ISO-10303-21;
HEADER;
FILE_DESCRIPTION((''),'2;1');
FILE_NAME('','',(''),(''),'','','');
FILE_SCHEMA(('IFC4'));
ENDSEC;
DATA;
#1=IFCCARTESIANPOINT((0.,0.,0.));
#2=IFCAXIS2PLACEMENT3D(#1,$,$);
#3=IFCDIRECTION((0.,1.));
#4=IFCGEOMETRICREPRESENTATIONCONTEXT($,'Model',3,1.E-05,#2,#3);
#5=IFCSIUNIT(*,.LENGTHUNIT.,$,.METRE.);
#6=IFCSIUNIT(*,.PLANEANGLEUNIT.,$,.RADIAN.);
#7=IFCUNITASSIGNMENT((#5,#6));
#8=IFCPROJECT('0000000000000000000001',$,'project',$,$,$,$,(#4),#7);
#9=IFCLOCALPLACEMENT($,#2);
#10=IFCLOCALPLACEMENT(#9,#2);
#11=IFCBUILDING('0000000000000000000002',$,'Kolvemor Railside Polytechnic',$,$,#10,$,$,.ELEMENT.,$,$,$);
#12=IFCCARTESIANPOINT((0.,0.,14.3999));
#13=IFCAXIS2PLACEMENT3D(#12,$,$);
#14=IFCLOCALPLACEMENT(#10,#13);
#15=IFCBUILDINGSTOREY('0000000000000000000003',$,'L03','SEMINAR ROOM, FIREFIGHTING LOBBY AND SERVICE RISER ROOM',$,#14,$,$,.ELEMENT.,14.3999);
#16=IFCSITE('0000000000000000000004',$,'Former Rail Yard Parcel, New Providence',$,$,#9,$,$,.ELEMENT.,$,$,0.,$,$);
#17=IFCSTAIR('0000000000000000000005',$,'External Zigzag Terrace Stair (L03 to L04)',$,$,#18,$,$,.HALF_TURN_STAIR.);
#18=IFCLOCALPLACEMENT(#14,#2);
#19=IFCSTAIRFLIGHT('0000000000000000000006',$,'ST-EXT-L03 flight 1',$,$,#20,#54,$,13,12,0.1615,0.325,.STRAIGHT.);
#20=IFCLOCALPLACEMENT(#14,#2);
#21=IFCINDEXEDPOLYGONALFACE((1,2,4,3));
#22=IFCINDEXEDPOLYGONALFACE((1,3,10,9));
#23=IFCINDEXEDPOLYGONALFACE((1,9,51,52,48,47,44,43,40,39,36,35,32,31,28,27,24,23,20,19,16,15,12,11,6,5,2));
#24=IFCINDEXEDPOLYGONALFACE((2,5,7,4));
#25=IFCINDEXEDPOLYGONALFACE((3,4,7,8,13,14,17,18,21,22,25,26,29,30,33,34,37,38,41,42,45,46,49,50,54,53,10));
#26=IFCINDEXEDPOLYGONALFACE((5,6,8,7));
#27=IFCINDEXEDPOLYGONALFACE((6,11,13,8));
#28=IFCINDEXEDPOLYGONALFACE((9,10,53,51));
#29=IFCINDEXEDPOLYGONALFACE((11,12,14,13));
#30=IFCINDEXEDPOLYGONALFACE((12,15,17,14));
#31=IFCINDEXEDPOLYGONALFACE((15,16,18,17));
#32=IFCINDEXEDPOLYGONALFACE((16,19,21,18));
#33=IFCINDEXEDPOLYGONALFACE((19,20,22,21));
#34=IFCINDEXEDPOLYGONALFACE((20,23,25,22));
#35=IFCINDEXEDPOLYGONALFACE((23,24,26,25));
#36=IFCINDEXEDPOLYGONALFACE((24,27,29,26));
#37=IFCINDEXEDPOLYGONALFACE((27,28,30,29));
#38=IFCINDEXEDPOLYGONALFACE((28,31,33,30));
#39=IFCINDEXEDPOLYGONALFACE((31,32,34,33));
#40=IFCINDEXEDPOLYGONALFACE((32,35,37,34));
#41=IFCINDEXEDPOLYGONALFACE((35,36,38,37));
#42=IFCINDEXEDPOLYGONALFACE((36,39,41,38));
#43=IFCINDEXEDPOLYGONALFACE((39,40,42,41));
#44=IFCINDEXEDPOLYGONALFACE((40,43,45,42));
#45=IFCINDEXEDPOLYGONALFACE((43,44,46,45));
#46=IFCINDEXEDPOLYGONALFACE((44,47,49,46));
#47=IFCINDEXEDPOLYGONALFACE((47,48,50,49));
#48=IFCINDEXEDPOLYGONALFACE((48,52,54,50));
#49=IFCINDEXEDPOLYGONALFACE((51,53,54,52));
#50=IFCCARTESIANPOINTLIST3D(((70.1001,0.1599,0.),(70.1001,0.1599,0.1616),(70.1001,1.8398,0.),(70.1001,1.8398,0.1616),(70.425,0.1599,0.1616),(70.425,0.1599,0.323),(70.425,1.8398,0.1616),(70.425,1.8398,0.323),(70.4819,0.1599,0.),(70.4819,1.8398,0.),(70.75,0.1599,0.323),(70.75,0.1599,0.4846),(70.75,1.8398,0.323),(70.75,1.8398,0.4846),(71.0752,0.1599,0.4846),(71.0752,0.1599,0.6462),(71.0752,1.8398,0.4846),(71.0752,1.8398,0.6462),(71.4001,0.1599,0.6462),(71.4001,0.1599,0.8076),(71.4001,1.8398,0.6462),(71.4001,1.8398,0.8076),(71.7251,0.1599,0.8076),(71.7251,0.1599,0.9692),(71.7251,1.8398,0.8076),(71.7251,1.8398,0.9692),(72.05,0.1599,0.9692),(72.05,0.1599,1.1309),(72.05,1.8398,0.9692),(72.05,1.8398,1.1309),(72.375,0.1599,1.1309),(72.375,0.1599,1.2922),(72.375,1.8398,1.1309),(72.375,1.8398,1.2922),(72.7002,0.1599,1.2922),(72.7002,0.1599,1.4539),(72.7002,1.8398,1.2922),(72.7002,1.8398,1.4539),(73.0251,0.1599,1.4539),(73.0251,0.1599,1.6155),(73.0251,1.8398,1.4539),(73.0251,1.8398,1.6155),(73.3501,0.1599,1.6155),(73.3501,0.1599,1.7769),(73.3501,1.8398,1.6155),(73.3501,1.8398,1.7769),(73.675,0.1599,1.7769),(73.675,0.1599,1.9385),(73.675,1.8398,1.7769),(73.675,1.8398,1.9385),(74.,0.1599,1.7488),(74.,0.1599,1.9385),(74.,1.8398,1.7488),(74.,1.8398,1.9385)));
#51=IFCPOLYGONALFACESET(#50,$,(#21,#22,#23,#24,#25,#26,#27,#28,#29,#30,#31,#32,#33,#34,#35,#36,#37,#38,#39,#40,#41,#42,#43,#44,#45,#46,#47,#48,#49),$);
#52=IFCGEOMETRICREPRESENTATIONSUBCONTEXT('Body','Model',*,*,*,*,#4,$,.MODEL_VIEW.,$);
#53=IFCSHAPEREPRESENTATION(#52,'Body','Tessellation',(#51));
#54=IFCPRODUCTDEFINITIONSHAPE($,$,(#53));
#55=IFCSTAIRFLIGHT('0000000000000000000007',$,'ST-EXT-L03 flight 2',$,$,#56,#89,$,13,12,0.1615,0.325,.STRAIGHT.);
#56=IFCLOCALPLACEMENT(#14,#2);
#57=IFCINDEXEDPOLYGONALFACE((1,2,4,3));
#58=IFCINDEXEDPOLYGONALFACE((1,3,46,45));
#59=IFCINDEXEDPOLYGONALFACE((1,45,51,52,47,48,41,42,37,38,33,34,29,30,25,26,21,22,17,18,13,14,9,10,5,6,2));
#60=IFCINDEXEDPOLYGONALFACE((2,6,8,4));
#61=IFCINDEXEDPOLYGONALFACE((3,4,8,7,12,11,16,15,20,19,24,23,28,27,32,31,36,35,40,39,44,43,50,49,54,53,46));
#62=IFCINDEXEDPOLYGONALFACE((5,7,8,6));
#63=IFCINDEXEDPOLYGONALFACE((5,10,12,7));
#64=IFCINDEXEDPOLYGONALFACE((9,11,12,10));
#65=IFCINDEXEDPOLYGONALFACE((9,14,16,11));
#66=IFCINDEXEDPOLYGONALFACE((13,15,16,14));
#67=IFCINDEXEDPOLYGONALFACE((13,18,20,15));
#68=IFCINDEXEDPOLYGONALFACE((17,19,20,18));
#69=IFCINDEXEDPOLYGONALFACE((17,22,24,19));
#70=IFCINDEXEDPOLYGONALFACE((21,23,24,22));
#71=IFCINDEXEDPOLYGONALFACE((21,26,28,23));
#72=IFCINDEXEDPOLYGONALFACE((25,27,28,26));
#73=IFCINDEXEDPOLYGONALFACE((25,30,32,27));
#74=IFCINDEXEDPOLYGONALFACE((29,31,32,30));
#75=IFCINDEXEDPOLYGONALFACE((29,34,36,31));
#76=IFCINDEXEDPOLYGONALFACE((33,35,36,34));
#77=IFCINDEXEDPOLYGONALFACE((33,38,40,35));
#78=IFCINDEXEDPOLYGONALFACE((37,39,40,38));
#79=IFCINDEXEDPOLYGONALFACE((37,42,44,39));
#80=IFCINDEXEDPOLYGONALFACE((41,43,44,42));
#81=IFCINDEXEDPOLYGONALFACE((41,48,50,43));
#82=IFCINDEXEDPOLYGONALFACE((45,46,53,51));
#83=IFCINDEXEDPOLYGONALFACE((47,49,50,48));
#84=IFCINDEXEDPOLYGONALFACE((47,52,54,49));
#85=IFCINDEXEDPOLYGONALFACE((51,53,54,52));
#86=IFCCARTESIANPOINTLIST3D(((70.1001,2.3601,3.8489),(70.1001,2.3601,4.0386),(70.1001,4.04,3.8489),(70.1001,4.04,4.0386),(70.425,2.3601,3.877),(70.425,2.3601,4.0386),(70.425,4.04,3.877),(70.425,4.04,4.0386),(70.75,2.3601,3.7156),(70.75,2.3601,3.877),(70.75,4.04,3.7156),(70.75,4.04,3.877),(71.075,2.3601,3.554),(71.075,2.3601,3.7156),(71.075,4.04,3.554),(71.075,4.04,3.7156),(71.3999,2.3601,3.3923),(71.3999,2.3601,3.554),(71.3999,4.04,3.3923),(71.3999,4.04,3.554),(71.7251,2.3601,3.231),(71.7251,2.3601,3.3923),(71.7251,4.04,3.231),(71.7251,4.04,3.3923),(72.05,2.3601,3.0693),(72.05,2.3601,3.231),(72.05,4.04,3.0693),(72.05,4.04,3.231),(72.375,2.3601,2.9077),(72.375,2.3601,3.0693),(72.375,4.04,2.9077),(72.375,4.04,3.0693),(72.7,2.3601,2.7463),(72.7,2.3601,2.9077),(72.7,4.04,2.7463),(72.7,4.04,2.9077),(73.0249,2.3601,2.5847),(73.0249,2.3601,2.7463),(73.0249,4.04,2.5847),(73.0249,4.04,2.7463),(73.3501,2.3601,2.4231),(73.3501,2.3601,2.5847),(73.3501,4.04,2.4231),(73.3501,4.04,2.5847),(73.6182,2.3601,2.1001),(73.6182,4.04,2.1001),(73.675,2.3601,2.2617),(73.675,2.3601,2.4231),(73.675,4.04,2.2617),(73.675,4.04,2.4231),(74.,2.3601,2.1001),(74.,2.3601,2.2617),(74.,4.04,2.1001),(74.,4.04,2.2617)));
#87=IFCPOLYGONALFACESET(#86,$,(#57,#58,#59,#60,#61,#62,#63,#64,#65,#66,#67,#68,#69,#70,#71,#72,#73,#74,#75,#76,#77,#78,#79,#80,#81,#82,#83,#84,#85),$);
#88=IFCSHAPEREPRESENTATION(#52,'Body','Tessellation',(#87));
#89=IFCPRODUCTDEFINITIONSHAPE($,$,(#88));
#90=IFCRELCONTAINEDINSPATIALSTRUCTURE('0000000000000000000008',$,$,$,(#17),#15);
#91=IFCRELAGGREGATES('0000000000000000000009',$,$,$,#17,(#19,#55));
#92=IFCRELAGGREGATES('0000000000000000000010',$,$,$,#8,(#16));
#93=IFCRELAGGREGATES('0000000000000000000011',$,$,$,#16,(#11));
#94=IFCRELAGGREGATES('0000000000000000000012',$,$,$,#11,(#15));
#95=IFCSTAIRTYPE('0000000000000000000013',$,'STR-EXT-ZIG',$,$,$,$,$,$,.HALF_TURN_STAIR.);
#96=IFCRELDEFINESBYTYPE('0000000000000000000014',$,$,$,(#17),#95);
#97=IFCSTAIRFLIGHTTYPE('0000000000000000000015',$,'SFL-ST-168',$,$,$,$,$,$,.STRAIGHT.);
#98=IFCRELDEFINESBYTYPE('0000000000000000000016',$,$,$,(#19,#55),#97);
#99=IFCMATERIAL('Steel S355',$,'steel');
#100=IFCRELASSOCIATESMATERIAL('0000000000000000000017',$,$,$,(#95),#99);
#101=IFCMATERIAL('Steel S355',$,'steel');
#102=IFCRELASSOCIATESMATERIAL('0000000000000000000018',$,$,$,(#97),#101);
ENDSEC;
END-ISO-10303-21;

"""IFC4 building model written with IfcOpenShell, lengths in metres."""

from ifc_helpers import new_model, si_unit, direction, frame, origin, place, context, subcontext, project, spatial, polyline, outline, extrude, material, type_object, element, aggregate, save


model = new_model("IFC4")

# Units and contexts
model_context = context("Model", 3, precision=1e-05, world=origin(), true_north=direction((0.0, 1.0)))
body_context = subcontext(model_context, "Body", "Model", "MODEL_VIEW")
ifc_project = project(units=[si_unit("LENGTHUNIT", "METRE"), si_unit("PLANEANGLEUNIT", "RADIAN")], contexts=[model_context])

# Site, building, storey
site_placement = place(None, origin())
site = spatial("IfcSite", under=ifc_project, at=site_placement, Name="Former Rail Yard Parcel, New Providence", CompositionType="ELEMENT", RefElevation=0.0)
building_placement = place(site_placement, origin())
building = spatial("IfcBuilding", under=site, at=building_placement, Name="Kolvemor Railside Polytechnic", CompositionType="ELEMENT")
storey_placement = place(building_placement, frame((0.0, 0.0, 14.3999)))
storey = spatial("IfcBuildingStorey", under=building, at=storey_placement, Name="L03", Description="SEMINAR ROOM, FIREFIGHTING LOBBY AND SERVICE RISER ROOM", CompositionType="ELEMENT", Elevation=14.3999)

# Stair, stair flights
ifc_material_1 = material(Name="Steel S355", Category="steel")
stair_type = type_object("IfcStairType", Name="STR-EXT-ZIG", PredefinedType="HALF_TURN_STAIR", material=ifc_material_1)
stair_placement = place(storey_placement, origin())
stair = element("IfcStair", 1, at=stair_placement, inside=storey, type_object=stair_type, Name="External Zigzag Terrace Stair (L03 to L04)", PredefinedType="HALF_TURN_STAIR")
ifc_material_2 = material(Name="Steel S355", Category="steel")
stair_flight_type = type_object("IfcStairFlightType", Name="SFL-ST-168", PredefinedType="STRAIGHT", material=ifc_material_2)
stair_flight_1_placement = place(storey_placement, frame((70.1001, 1.0, 0.0), z_axis=(0.0, 0.0, 1.0), x_axis=(1.0, 0.0, 0.0)))
stair_flight_1 = element("IfcStairFlight", 2, at=stair_flight_1_placement, type_object=stair_flight_type, Name="ST-EXT-L03 flight 1", NumberOfRisers=13, NumberOfTreads=12, PredefinedType="STRAIGHT", RiserHeight=0.1615, TreadLength=0.325, context=body_context, shape_type="SweptSolid", body=[
    extrude(outline(polyline([(0.0, 0.0), (0.0, 0.1616), (0.325, 0.1616), (0.325, 0.323), (0.6499, 0.323), (0.6499, 0.4846), (0.9751, 0.4846), (0.9751, 0.6462), (1.3, 0.6462), (1.3, 0.8076), (1.625, 0.8076), (1.625, 0.9692), (1.95, 0.9692), (1.95, 1.1309), (2.2749, 1.1309), (2.2749, 1.2922), (2.6001, 1.2922), (2.6001, 1.4539), (2.925, 1.4539), (2.925, 1.6155), (3.25, 1.6155), (3.25, 1.7769), (3.575, 1.7769), (3.575, 1.9385), (3.8999, 1.9385), (3.8999, 2.1001), (3.8999, 1.7488), (0.3818, 0.0), (0.0, 0.0)])), frame((0.0, 0.8398, 0.0), z_axis=(0.0, -1.0, 0.0), x_axis=(1.0, 0.0, 0.0)), (0.0, 0.0, 1.0), 1.6799),
])
stair_flight_2_placement = place(storey_placement, frame((74.0, 3.2, 2.1001), z_axis=(0.0, 0.0, 1.0), x_axis=(-1.0, 0.0, 0.0)))
stair_flight_2 = element("IfcStairFlight", 3, at=stair_flight_2_placement, type_object=stair_flight_type, Name="ST-EXT-L03 flight 2", NumberOfRisers=13, NumberOfTreads=12, PredefinedType="STRAIGHT", RiserHeight=0.1615, TreadLength=0.325, context=body_context, shape_type="SweptSolid", body=[
    extrude(outline(polyline([(0.0, 0.0), (0.0, 0.1616), (0.325, 0.1616), (0.325, 0.323), (0.6499, 0.323), (0.6499, 0.4846), (0.9751, 0.4846), (0.9751, 0.6462), (1.3, 0.6462), (1.3, 0.8076), (1.625, 0.8076), (1.625, 0.9692), (1.95, 0.9692), (1.95, 1.1309), (2.2749, 1.1309), (2.2749, 1.2922), (2.6001, 1.2922), (2.6001, 1.4539), (2.925, 1.4539), (2.925, 1.6155), (3.25, 1.6155), (3.25, 1.7769), (3.575, 1.7769), (3.575, 1.9385), (3.8999, 1.9385), (3.8999, 2.1001), (3.8999, 1.7488), (0.3818, 0.0), (0.0, 0.0)])), frame((0.0, 0.8398, 0.0), z_axis=(0.0, -1.0, 0.0), x_axis=(1.0, 0.0, 0.0)), (0.0, 0.0, 1.0), 1.6799),
])
aggregate(stair, [stair_flight_1, stair_flight_2])

save(model, "model.ifc")
